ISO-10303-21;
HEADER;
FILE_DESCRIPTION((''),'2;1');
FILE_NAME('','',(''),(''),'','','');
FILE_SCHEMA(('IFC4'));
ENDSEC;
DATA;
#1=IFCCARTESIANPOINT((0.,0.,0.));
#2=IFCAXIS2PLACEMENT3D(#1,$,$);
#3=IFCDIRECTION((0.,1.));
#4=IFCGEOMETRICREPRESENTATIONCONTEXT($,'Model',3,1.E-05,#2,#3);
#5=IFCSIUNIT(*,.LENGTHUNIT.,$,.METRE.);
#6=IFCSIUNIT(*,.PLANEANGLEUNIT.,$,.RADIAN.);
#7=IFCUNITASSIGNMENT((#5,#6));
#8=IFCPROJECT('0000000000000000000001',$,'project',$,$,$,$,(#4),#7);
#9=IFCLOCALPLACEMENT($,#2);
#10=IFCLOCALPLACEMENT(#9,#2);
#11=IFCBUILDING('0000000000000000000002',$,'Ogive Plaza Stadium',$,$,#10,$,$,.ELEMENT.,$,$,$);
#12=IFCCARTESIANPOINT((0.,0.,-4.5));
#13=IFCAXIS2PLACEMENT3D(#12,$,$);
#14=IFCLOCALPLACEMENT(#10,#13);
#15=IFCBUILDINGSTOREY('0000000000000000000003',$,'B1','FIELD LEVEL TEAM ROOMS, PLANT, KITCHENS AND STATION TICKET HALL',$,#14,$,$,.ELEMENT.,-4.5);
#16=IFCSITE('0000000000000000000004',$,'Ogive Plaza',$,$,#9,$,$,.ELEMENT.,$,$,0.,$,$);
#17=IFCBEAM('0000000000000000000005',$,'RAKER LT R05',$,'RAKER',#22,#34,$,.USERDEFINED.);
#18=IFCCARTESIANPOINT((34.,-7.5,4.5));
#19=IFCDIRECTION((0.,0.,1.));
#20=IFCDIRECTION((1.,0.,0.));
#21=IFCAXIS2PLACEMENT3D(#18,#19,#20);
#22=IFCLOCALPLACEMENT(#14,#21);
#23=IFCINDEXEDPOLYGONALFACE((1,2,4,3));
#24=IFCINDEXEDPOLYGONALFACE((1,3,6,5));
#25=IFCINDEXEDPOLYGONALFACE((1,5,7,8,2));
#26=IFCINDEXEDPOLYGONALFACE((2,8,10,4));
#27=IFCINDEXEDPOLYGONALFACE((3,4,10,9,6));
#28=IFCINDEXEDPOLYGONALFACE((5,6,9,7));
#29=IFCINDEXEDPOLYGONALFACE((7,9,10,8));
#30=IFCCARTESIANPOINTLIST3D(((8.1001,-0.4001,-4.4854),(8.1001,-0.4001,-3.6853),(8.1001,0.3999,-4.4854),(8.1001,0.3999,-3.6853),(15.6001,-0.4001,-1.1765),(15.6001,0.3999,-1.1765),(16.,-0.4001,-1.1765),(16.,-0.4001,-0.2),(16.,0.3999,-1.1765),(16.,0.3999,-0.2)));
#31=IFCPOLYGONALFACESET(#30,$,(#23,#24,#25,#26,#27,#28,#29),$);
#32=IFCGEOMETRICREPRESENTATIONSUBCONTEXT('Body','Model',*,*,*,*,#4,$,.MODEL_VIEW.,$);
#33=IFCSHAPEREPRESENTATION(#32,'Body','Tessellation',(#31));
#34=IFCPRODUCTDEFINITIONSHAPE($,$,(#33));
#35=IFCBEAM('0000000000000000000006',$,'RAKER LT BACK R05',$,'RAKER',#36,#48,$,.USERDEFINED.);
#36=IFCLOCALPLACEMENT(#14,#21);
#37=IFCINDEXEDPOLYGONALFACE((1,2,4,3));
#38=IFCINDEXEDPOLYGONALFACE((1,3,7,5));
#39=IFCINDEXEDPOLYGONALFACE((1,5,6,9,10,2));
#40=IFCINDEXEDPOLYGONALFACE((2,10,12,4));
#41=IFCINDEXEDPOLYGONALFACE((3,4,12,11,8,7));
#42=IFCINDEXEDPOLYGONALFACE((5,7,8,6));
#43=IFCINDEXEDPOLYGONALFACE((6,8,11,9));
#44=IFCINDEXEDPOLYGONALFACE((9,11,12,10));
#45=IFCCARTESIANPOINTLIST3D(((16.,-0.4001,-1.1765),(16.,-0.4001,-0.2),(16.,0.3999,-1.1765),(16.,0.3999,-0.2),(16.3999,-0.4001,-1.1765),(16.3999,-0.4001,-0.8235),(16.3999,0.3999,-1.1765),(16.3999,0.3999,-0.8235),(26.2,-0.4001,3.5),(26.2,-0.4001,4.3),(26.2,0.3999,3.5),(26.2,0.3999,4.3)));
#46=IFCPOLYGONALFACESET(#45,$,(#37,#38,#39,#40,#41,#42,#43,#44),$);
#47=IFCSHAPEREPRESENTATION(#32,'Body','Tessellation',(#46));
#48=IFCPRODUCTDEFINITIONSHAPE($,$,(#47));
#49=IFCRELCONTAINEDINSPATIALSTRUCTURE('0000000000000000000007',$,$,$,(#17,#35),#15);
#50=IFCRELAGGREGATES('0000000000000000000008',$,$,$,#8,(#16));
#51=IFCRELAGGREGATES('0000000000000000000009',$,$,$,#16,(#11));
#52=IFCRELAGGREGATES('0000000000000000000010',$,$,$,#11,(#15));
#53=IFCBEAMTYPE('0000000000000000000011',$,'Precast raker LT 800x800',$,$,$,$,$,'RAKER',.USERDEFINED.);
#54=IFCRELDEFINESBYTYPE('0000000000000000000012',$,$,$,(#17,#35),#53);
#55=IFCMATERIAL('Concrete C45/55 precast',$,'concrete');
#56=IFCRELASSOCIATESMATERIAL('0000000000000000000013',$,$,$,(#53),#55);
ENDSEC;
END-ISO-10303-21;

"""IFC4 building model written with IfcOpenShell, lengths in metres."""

from ifc_helpers import new_model, si_unit, direction, frame, origin, origin_2d, place, context, subcontext, project, spatial, polyline, rectangle, outline, extrude, material, material_profile, profile_set, type_object, element, save


model = new_model("IFC4")

# Units and contexts
model_context = context("Model", 3, precision=1e-05, world=origin(), true_north=direction((0.0, 1.0)))
body_context = subcontext(model_context, "Body", "Model", "MODEL_VIEW")
ifc_project = project(units=[si_unit("LENGTHUNIT", "METRE"), si_unit("PLANEANGLEUNIT", "RADIAN")], contexts=[model_context])

# Site, building, storey
site_placement = place(None, origin())
site = spatial("IfcSite", under=ifc_project, at=site_placement, Name="Ogive Plaza", CompositionType="ELEMENT", RefElevation=0.0)
building_placement = place(site_placement, origin())
building = spatial("IfcBuilding", under=site, at=building_placement, Name="Ogive Plaza Stadium", CompositionType="ELEMENT")
storey_placement = place(building_placement, frame((0.0, 0.0, -4.5)))
storey = spatial("IfcBuildingStorey", under=building, at=storey_placement, Name="B1", Description="FIELD LEVEL TEAM ROOMS, PLANT, KITCHENS AND STATION TICKET HALL", CompositionType="ELEMENT", Elevation=-4.5)

# Beams
ifc_material_1 = material(Name="Concrete C45/55 precast", Category="concrete")
ifc_material_profile_1 = material_profile(ifc_material_1, rectangle(XDim=0.8, YDim=0.8, at=origin_2d()), Name="RC 800x800")
ifc_profile_set_1 = profile_set([ifc_material_profile_1], Name="Concrete C45/55 precast")
beam_type = type_object("IfcBeamType", Name="Precast raker LT 800x800", ElementType="RAKER", PredefinedType="USERDEFINED", material=ifc_profile_set_1)
beam_1_placement = place(storey_placement, frame((34.0, -7.5, 4.5), z_axis=(0.0, 0.0, 1.0), x_axis=(1.0, 0.0, 0.0)))
element("IfcBeam", 1, at=beam_1_placement, inside=storey, type_object=beam_type, Name="RAKER LT R05", ObjectType="RAKER", PredefinedType="USERDEFINED", context=body_context, shape_type="SweptSolid", body=[
    extrude(outline(polyline([(8.1001, -4.4854), (15.6001, -1.1765), (16.0, -1.1765), (16.0, -0.2), (8.1001, -3.6853), (8.1001, -4.4854)])), frame((0.0, 0.3999, 0.0), z_axis=(0.0, -1.0, 0.0), x_axis=(1.0, 0.0, 0.0)), (0.0, 0.0, 1.0), 0.8),
])
beam_2_placement = place(storey_placement, frame((34.0, -7.5, 4.5), z_axis=(0.0, 0.0, 1.0), x_axis=(1.0, 0.0, 0.0)))
element("IfcBeam", 2, at=beam_2_placement, inside=storey, type_object=beam_type, Name="RAKER LT BACK R05", ObjectType="RAKER", PredefinedType="USERDEFINED", context=body_context, shape_type="SweptSolid", body=[
    extrude(outline(polyline([(16.0, -1.1765), (16.3999, -1.1765), (16.3999, -0.8235), (26.2, 3.5), (26.2, 4.3), (16.0, -0.2), (16.0, -1.1765)])), frame((0.0, 0.3999, 0.0), z_axis=(0.0, -1.0, 0.0), x_axis=(1.0, 0.0, 0.0)), (0.0, 0.0, 1.0), 0.8),
])

save(model, "model.ifc")
